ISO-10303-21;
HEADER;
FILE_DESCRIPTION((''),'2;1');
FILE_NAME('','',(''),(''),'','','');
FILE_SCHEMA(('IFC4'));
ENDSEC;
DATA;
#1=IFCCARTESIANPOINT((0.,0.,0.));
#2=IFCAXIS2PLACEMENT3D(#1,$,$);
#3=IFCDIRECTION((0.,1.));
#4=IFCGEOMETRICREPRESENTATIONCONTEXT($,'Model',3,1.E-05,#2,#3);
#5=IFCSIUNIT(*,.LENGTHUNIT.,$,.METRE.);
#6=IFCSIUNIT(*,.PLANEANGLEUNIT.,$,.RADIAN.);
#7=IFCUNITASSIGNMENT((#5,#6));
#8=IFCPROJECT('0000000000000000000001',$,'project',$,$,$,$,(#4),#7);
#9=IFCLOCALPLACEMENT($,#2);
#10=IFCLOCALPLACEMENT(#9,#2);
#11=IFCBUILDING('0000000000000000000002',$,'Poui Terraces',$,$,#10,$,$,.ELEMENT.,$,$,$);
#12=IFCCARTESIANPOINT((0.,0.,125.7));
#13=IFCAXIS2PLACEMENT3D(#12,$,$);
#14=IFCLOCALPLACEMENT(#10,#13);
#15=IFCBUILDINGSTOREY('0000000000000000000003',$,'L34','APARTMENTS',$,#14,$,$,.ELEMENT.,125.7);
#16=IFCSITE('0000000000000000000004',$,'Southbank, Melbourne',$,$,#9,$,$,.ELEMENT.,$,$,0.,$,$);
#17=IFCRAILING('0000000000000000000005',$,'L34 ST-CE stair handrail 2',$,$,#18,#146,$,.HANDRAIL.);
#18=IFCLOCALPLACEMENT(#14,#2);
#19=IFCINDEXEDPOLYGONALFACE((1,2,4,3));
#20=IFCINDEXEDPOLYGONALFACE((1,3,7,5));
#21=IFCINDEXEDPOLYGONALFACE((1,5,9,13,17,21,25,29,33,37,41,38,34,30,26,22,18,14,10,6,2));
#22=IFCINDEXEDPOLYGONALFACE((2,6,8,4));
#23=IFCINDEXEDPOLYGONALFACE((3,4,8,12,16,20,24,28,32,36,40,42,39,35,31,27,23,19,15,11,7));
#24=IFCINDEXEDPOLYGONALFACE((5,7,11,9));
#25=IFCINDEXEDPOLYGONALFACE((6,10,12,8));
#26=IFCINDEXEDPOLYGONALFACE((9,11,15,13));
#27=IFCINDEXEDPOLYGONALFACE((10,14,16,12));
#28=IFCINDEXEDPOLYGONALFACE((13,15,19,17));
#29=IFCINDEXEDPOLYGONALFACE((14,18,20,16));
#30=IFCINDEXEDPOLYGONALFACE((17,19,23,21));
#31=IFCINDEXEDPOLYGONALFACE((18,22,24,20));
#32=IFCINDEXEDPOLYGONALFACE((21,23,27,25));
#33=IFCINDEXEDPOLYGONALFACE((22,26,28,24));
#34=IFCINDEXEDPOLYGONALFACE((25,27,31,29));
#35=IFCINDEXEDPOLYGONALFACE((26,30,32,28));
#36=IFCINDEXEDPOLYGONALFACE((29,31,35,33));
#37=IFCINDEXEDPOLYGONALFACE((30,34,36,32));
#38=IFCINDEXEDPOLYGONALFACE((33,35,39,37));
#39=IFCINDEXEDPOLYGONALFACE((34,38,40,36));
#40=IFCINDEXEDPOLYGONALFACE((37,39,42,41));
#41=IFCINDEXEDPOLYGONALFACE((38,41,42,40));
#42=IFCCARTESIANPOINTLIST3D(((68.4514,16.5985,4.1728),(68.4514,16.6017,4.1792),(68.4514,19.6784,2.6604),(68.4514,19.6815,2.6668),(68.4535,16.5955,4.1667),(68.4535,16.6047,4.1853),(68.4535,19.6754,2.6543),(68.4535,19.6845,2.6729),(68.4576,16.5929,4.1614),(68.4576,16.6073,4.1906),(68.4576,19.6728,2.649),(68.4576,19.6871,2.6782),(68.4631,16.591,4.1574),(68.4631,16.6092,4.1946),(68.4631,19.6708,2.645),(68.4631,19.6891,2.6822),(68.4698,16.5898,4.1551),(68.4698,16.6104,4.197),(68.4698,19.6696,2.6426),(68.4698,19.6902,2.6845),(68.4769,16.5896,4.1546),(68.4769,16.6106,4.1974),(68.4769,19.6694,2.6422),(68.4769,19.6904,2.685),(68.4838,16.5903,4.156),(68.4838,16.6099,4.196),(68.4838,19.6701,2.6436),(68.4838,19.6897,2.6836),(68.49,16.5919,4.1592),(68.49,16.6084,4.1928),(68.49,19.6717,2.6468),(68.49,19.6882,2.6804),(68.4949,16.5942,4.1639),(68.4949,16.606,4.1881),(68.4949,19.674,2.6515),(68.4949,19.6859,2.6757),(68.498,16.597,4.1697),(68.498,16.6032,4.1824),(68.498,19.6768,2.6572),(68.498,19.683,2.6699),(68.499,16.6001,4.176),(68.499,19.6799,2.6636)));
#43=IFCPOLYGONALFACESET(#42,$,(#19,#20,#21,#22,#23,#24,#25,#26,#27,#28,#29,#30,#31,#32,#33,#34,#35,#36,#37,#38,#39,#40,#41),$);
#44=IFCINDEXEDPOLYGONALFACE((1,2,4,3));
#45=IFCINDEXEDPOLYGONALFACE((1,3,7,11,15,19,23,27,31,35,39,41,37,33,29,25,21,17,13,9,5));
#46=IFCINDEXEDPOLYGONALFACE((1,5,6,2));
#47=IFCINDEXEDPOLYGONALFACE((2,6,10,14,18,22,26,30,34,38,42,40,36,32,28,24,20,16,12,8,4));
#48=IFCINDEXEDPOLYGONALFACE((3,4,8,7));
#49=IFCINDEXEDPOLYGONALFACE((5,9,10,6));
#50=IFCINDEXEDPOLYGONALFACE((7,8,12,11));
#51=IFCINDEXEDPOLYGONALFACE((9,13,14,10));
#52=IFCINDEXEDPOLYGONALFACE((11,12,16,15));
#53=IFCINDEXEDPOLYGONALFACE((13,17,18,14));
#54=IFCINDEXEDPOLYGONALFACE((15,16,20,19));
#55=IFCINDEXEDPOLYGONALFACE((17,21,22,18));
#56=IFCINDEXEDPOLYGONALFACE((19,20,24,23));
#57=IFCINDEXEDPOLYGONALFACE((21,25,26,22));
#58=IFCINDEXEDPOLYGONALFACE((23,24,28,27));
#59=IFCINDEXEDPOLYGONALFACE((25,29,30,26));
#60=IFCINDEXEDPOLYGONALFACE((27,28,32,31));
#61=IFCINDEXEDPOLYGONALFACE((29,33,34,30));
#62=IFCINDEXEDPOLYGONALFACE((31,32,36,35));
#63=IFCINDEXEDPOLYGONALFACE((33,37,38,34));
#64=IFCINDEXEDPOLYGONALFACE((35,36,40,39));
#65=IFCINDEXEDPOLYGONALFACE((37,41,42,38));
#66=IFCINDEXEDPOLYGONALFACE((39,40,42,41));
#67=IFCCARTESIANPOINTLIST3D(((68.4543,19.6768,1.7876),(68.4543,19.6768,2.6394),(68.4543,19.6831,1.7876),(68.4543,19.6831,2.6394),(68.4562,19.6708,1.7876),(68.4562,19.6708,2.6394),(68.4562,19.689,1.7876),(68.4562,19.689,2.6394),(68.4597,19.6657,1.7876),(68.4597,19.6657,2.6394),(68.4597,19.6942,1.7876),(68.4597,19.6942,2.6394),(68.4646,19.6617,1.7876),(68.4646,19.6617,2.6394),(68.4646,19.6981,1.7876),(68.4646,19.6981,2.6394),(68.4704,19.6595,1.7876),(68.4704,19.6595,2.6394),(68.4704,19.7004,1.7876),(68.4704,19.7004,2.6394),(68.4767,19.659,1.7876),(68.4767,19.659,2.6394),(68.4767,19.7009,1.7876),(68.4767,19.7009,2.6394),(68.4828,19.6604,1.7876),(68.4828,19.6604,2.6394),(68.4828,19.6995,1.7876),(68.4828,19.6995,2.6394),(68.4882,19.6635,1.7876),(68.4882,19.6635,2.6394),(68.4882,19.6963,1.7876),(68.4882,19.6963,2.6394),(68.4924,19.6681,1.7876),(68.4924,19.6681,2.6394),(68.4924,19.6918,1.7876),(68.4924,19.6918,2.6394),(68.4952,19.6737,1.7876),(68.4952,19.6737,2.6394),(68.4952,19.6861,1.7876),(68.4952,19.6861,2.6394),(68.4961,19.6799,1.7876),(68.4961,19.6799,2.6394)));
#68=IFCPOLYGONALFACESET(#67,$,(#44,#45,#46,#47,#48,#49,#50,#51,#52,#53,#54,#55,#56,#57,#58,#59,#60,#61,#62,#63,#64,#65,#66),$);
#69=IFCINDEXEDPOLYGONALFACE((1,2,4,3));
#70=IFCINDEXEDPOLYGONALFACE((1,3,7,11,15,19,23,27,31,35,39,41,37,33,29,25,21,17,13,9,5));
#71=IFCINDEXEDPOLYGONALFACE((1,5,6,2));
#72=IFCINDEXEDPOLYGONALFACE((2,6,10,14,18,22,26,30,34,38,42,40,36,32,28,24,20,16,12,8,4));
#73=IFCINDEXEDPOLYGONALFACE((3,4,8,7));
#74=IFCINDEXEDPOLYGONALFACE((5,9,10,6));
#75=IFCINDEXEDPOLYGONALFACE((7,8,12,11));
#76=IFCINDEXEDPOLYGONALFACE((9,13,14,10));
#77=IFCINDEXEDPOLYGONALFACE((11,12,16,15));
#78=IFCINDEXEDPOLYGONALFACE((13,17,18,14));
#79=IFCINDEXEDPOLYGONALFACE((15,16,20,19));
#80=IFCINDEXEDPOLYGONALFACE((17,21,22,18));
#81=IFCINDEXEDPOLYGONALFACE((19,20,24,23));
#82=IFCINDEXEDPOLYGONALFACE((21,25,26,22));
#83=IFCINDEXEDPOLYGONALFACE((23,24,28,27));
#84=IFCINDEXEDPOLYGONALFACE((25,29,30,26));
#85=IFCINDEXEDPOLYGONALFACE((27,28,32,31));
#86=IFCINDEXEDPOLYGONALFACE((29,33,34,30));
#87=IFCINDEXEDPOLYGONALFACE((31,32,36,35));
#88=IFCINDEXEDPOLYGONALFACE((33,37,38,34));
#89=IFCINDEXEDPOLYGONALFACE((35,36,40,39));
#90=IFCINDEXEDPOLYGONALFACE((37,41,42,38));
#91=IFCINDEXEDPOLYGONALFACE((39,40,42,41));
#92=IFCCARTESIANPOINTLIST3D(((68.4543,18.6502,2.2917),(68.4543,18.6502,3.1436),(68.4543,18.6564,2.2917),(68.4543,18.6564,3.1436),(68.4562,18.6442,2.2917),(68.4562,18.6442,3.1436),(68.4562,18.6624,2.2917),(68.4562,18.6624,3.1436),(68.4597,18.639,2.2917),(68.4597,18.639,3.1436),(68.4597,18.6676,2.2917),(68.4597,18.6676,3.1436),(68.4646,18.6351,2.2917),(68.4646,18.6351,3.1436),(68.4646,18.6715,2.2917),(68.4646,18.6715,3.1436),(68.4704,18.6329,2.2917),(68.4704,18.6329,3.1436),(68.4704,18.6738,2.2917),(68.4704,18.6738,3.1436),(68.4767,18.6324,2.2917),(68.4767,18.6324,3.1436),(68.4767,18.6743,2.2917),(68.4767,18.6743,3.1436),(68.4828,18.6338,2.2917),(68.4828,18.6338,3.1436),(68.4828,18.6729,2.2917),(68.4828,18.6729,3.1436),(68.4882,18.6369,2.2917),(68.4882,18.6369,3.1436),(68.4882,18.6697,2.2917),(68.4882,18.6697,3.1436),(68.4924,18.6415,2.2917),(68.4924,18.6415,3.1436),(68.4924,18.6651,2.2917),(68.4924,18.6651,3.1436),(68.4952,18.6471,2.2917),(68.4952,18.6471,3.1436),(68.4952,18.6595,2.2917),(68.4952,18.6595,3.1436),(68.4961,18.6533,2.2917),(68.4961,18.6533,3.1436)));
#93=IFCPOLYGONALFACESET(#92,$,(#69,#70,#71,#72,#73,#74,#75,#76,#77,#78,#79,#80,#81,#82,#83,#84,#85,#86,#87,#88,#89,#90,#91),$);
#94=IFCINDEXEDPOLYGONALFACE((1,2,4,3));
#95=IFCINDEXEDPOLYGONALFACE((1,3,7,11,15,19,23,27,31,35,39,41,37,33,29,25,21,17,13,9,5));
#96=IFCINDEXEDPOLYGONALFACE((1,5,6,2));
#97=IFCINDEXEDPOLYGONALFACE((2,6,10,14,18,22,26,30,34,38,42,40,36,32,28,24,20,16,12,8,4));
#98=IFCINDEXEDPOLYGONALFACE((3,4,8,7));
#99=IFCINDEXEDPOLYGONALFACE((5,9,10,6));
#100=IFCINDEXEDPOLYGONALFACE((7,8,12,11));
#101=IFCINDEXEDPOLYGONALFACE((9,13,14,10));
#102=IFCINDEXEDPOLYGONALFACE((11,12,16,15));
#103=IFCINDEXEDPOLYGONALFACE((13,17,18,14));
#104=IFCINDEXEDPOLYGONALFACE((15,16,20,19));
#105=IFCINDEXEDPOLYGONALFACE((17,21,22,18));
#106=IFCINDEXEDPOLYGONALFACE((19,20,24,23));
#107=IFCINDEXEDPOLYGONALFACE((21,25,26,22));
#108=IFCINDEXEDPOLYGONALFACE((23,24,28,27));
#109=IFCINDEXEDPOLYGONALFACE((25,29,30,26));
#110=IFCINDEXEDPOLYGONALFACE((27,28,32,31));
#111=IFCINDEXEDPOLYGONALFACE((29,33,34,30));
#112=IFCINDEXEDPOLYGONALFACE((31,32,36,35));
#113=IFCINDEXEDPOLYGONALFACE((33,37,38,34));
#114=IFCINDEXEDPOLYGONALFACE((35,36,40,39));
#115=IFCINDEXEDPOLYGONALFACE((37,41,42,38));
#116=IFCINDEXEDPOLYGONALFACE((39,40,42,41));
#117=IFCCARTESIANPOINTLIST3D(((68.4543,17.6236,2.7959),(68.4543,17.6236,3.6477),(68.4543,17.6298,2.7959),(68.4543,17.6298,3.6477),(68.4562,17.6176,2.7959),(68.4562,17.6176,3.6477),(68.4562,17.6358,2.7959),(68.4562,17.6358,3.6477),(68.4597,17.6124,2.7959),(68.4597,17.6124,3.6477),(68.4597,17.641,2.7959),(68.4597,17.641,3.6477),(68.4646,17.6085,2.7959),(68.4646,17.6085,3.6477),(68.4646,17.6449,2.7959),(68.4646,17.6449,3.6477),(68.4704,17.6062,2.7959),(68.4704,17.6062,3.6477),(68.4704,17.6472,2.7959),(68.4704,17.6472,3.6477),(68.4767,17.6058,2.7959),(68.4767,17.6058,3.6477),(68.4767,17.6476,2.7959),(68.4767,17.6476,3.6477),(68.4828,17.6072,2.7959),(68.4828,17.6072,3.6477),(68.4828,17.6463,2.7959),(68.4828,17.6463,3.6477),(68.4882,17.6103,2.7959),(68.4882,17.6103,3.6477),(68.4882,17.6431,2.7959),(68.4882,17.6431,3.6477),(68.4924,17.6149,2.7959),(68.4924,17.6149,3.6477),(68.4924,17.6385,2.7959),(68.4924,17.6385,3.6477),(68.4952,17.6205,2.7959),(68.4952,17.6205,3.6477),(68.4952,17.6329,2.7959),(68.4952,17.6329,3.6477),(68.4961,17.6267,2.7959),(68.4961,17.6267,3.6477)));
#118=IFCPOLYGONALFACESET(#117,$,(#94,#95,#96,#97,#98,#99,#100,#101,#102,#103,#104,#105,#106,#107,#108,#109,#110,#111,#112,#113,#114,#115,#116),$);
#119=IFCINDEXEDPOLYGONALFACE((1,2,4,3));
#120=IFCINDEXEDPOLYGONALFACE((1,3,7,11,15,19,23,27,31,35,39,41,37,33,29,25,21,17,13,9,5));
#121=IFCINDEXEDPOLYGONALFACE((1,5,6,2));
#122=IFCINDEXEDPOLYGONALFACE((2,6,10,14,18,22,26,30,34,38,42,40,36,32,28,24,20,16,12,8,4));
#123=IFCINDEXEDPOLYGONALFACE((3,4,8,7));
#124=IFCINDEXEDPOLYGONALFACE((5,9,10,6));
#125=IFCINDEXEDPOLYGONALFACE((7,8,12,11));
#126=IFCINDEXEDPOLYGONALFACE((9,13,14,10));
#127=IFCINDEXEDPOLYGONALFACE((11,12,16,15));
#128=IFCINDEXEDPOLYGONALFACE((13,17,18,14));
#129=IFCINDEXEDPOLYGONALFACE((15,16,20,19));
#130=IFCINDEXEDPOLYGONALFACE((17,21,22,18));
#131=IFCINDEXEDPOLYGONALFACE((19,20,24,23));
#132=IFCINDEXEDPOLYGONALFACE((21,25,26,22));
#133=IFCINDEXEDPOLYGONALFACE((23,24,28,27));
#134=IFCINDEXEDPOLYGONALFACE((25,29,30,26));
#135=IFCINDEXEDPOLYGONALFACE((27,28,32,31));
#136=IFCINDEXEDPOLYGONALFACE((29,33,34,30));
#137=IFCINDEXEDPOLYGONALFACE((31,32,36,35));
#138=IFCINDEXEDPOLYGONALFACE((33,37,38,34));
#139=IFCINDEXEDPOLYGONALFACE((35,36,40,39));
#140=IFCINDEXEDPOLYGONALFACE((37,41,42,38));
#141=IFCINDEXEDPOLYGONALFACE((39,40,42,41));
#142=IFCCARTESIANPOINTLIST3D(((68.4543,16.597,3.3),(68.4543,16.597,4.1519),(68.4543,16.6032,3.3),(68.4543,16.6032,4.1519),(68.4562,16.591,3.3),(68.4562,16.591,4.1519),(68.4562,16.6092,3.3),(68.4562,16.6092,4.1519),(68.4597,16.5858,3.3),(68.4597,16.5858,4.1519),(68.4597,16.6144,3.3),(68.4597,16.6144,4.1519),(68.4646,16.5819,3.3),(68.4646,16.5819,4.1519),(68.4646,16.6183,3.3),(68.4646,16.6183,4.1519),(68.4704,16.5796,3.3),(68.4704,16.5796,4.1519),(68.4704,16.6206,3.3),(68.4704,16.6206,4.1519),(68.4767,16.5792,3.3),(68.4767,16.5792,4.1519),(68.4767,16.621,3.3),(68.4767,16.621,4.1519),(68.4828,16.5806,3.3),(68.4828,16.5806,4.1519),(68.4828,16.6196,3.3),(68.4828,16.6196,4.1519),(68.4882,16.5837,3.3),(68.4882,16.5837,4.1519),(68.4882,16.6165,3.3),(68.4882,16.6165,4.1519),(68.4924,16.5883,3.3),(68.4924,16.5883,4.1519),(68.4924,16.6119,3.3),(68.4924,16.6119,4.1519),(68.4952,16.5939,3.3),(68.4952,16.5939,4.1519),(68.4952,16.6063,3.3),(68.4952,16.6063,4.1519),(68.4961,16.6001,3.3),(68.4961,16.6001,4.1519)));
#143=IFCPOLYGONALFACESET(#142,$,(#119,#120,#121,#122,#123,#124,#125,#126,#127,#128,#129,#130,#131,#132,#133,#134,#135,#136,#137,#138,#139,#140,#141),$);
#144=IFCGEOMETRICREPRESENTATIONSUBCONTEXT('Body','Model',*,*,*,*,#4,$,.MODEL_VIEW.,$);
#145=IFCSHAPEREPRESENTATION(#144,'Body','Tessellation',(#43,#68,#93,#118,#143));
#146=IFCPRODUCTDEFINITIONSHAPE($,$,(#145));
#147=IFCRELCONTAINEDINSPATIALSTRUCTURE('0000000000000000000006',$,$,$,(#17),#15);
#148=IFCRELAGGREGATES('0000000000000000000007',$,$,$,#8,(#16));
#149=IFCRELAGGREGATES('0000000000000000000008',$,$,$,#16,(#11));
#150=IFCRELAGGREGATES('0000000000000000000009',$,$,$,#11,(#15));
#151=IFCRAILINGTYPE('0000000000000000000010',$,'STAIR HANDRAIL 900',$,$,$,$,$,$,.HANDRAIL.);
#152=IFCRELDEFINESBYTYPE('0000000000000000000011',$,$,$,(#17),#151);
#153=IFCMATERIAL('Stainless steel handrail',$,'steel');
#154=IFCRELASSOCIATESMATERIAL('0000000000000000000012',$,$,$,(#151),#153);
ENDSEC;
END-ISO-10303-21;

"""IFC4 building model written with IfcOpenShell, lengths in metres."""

from ifc_helpers import new_model, si_unit, direction, frame, origin, origin_2d, place, context, subcontext, project, spatial, circle, extrude, material, type_object, element, save


model = new_model("IFC4")

# Units and contexts
model_context = context("Model", 3, precision=1e-05, world=origin(), true_north=direction((0.0, 1.0)))
body_context = subcontext(model_context, "Body", "Model", "MODEL_VIEW")
ifc_project = project(units=[si_unit("LENGTHUNIT", "METRE"), si_unit("PLANEANGLEUNIT", "RADIAN")], contexts=[model_context])

# Site, building, storey
site_placement = place(None, origin())
site = spatial("IfcSite", under=ifc_project, at=site_placement, Name="Southbank, Melbourne", CompositionType="ELEMENT", RefElevation=0.0)
building_placement = place(site_placement, origin())
building = spatial("IfcBuilding", under=site, at=building_placement, Name="Poui Terraces", CompositionType="ELEMENT")
storey_placement = place(building_placement, frame((0.0, 0.0, 125.7)))
storey = spatial("IfcBuildingStorey", under=building, at=storey_placement, Name="L34", Description="APARTMENTS", CompositionType="ELEMENT", Elevation=125.7)

# Railing
ifc_material_1 = material(Name="Stainless steel handrail", Category="steel")
railing_type_1 = type_object("IfcRailingType", Name="STAIR HANDRAIL 900", PredefinedType="HANDRAIL", material=ifc_material_1)
for number, where, name in (
    (1, (68.4751, 19.6799, 1.7876), "L34 ST-CE stair handrail 2"),
):
    element("IfcRailing", number, at=place(storey_placement, frame(where)), inside=storey, type_object=railing_type_1, Name=name, PredefinedType="HANDRAIL", context=body_context, shape_type="SweptSolid", body=[
        extrude(circle(Radius=0.0239, at=origin_2d()), frame((0.0, 0.0, 0.876), z_axis=(0.0, -0.897606, 0.440798), x_axis=(1.0, 0.0, 0.0)), (0.0, 0.0, 1.0), 3.4312),
        extrude(circle(Radius=0.021, at=origin_2d()), origin(), (0.0, 0.0, 1.0), 0.8518),
        extrude(circle(Radius=0.021, at=origin_2d()), frame((0.0, -1.0266, 0.5042)), (0.0, 0.0, 1.0), 0.8518),
        extrude(circle(Radius=0.021, at=origin_2d()), frame((0.0, -2.0532, 1.0083)), (0.0, 0.0, 1.0), 0.8518),
        extrude(circle(Radius=0.021, at=origin_2d()), frame((0.0, -3.0798, 1.5125)), (0.0, 0.0, 1.0), 0.8518),
    ])

save(model, "model.ifc")
